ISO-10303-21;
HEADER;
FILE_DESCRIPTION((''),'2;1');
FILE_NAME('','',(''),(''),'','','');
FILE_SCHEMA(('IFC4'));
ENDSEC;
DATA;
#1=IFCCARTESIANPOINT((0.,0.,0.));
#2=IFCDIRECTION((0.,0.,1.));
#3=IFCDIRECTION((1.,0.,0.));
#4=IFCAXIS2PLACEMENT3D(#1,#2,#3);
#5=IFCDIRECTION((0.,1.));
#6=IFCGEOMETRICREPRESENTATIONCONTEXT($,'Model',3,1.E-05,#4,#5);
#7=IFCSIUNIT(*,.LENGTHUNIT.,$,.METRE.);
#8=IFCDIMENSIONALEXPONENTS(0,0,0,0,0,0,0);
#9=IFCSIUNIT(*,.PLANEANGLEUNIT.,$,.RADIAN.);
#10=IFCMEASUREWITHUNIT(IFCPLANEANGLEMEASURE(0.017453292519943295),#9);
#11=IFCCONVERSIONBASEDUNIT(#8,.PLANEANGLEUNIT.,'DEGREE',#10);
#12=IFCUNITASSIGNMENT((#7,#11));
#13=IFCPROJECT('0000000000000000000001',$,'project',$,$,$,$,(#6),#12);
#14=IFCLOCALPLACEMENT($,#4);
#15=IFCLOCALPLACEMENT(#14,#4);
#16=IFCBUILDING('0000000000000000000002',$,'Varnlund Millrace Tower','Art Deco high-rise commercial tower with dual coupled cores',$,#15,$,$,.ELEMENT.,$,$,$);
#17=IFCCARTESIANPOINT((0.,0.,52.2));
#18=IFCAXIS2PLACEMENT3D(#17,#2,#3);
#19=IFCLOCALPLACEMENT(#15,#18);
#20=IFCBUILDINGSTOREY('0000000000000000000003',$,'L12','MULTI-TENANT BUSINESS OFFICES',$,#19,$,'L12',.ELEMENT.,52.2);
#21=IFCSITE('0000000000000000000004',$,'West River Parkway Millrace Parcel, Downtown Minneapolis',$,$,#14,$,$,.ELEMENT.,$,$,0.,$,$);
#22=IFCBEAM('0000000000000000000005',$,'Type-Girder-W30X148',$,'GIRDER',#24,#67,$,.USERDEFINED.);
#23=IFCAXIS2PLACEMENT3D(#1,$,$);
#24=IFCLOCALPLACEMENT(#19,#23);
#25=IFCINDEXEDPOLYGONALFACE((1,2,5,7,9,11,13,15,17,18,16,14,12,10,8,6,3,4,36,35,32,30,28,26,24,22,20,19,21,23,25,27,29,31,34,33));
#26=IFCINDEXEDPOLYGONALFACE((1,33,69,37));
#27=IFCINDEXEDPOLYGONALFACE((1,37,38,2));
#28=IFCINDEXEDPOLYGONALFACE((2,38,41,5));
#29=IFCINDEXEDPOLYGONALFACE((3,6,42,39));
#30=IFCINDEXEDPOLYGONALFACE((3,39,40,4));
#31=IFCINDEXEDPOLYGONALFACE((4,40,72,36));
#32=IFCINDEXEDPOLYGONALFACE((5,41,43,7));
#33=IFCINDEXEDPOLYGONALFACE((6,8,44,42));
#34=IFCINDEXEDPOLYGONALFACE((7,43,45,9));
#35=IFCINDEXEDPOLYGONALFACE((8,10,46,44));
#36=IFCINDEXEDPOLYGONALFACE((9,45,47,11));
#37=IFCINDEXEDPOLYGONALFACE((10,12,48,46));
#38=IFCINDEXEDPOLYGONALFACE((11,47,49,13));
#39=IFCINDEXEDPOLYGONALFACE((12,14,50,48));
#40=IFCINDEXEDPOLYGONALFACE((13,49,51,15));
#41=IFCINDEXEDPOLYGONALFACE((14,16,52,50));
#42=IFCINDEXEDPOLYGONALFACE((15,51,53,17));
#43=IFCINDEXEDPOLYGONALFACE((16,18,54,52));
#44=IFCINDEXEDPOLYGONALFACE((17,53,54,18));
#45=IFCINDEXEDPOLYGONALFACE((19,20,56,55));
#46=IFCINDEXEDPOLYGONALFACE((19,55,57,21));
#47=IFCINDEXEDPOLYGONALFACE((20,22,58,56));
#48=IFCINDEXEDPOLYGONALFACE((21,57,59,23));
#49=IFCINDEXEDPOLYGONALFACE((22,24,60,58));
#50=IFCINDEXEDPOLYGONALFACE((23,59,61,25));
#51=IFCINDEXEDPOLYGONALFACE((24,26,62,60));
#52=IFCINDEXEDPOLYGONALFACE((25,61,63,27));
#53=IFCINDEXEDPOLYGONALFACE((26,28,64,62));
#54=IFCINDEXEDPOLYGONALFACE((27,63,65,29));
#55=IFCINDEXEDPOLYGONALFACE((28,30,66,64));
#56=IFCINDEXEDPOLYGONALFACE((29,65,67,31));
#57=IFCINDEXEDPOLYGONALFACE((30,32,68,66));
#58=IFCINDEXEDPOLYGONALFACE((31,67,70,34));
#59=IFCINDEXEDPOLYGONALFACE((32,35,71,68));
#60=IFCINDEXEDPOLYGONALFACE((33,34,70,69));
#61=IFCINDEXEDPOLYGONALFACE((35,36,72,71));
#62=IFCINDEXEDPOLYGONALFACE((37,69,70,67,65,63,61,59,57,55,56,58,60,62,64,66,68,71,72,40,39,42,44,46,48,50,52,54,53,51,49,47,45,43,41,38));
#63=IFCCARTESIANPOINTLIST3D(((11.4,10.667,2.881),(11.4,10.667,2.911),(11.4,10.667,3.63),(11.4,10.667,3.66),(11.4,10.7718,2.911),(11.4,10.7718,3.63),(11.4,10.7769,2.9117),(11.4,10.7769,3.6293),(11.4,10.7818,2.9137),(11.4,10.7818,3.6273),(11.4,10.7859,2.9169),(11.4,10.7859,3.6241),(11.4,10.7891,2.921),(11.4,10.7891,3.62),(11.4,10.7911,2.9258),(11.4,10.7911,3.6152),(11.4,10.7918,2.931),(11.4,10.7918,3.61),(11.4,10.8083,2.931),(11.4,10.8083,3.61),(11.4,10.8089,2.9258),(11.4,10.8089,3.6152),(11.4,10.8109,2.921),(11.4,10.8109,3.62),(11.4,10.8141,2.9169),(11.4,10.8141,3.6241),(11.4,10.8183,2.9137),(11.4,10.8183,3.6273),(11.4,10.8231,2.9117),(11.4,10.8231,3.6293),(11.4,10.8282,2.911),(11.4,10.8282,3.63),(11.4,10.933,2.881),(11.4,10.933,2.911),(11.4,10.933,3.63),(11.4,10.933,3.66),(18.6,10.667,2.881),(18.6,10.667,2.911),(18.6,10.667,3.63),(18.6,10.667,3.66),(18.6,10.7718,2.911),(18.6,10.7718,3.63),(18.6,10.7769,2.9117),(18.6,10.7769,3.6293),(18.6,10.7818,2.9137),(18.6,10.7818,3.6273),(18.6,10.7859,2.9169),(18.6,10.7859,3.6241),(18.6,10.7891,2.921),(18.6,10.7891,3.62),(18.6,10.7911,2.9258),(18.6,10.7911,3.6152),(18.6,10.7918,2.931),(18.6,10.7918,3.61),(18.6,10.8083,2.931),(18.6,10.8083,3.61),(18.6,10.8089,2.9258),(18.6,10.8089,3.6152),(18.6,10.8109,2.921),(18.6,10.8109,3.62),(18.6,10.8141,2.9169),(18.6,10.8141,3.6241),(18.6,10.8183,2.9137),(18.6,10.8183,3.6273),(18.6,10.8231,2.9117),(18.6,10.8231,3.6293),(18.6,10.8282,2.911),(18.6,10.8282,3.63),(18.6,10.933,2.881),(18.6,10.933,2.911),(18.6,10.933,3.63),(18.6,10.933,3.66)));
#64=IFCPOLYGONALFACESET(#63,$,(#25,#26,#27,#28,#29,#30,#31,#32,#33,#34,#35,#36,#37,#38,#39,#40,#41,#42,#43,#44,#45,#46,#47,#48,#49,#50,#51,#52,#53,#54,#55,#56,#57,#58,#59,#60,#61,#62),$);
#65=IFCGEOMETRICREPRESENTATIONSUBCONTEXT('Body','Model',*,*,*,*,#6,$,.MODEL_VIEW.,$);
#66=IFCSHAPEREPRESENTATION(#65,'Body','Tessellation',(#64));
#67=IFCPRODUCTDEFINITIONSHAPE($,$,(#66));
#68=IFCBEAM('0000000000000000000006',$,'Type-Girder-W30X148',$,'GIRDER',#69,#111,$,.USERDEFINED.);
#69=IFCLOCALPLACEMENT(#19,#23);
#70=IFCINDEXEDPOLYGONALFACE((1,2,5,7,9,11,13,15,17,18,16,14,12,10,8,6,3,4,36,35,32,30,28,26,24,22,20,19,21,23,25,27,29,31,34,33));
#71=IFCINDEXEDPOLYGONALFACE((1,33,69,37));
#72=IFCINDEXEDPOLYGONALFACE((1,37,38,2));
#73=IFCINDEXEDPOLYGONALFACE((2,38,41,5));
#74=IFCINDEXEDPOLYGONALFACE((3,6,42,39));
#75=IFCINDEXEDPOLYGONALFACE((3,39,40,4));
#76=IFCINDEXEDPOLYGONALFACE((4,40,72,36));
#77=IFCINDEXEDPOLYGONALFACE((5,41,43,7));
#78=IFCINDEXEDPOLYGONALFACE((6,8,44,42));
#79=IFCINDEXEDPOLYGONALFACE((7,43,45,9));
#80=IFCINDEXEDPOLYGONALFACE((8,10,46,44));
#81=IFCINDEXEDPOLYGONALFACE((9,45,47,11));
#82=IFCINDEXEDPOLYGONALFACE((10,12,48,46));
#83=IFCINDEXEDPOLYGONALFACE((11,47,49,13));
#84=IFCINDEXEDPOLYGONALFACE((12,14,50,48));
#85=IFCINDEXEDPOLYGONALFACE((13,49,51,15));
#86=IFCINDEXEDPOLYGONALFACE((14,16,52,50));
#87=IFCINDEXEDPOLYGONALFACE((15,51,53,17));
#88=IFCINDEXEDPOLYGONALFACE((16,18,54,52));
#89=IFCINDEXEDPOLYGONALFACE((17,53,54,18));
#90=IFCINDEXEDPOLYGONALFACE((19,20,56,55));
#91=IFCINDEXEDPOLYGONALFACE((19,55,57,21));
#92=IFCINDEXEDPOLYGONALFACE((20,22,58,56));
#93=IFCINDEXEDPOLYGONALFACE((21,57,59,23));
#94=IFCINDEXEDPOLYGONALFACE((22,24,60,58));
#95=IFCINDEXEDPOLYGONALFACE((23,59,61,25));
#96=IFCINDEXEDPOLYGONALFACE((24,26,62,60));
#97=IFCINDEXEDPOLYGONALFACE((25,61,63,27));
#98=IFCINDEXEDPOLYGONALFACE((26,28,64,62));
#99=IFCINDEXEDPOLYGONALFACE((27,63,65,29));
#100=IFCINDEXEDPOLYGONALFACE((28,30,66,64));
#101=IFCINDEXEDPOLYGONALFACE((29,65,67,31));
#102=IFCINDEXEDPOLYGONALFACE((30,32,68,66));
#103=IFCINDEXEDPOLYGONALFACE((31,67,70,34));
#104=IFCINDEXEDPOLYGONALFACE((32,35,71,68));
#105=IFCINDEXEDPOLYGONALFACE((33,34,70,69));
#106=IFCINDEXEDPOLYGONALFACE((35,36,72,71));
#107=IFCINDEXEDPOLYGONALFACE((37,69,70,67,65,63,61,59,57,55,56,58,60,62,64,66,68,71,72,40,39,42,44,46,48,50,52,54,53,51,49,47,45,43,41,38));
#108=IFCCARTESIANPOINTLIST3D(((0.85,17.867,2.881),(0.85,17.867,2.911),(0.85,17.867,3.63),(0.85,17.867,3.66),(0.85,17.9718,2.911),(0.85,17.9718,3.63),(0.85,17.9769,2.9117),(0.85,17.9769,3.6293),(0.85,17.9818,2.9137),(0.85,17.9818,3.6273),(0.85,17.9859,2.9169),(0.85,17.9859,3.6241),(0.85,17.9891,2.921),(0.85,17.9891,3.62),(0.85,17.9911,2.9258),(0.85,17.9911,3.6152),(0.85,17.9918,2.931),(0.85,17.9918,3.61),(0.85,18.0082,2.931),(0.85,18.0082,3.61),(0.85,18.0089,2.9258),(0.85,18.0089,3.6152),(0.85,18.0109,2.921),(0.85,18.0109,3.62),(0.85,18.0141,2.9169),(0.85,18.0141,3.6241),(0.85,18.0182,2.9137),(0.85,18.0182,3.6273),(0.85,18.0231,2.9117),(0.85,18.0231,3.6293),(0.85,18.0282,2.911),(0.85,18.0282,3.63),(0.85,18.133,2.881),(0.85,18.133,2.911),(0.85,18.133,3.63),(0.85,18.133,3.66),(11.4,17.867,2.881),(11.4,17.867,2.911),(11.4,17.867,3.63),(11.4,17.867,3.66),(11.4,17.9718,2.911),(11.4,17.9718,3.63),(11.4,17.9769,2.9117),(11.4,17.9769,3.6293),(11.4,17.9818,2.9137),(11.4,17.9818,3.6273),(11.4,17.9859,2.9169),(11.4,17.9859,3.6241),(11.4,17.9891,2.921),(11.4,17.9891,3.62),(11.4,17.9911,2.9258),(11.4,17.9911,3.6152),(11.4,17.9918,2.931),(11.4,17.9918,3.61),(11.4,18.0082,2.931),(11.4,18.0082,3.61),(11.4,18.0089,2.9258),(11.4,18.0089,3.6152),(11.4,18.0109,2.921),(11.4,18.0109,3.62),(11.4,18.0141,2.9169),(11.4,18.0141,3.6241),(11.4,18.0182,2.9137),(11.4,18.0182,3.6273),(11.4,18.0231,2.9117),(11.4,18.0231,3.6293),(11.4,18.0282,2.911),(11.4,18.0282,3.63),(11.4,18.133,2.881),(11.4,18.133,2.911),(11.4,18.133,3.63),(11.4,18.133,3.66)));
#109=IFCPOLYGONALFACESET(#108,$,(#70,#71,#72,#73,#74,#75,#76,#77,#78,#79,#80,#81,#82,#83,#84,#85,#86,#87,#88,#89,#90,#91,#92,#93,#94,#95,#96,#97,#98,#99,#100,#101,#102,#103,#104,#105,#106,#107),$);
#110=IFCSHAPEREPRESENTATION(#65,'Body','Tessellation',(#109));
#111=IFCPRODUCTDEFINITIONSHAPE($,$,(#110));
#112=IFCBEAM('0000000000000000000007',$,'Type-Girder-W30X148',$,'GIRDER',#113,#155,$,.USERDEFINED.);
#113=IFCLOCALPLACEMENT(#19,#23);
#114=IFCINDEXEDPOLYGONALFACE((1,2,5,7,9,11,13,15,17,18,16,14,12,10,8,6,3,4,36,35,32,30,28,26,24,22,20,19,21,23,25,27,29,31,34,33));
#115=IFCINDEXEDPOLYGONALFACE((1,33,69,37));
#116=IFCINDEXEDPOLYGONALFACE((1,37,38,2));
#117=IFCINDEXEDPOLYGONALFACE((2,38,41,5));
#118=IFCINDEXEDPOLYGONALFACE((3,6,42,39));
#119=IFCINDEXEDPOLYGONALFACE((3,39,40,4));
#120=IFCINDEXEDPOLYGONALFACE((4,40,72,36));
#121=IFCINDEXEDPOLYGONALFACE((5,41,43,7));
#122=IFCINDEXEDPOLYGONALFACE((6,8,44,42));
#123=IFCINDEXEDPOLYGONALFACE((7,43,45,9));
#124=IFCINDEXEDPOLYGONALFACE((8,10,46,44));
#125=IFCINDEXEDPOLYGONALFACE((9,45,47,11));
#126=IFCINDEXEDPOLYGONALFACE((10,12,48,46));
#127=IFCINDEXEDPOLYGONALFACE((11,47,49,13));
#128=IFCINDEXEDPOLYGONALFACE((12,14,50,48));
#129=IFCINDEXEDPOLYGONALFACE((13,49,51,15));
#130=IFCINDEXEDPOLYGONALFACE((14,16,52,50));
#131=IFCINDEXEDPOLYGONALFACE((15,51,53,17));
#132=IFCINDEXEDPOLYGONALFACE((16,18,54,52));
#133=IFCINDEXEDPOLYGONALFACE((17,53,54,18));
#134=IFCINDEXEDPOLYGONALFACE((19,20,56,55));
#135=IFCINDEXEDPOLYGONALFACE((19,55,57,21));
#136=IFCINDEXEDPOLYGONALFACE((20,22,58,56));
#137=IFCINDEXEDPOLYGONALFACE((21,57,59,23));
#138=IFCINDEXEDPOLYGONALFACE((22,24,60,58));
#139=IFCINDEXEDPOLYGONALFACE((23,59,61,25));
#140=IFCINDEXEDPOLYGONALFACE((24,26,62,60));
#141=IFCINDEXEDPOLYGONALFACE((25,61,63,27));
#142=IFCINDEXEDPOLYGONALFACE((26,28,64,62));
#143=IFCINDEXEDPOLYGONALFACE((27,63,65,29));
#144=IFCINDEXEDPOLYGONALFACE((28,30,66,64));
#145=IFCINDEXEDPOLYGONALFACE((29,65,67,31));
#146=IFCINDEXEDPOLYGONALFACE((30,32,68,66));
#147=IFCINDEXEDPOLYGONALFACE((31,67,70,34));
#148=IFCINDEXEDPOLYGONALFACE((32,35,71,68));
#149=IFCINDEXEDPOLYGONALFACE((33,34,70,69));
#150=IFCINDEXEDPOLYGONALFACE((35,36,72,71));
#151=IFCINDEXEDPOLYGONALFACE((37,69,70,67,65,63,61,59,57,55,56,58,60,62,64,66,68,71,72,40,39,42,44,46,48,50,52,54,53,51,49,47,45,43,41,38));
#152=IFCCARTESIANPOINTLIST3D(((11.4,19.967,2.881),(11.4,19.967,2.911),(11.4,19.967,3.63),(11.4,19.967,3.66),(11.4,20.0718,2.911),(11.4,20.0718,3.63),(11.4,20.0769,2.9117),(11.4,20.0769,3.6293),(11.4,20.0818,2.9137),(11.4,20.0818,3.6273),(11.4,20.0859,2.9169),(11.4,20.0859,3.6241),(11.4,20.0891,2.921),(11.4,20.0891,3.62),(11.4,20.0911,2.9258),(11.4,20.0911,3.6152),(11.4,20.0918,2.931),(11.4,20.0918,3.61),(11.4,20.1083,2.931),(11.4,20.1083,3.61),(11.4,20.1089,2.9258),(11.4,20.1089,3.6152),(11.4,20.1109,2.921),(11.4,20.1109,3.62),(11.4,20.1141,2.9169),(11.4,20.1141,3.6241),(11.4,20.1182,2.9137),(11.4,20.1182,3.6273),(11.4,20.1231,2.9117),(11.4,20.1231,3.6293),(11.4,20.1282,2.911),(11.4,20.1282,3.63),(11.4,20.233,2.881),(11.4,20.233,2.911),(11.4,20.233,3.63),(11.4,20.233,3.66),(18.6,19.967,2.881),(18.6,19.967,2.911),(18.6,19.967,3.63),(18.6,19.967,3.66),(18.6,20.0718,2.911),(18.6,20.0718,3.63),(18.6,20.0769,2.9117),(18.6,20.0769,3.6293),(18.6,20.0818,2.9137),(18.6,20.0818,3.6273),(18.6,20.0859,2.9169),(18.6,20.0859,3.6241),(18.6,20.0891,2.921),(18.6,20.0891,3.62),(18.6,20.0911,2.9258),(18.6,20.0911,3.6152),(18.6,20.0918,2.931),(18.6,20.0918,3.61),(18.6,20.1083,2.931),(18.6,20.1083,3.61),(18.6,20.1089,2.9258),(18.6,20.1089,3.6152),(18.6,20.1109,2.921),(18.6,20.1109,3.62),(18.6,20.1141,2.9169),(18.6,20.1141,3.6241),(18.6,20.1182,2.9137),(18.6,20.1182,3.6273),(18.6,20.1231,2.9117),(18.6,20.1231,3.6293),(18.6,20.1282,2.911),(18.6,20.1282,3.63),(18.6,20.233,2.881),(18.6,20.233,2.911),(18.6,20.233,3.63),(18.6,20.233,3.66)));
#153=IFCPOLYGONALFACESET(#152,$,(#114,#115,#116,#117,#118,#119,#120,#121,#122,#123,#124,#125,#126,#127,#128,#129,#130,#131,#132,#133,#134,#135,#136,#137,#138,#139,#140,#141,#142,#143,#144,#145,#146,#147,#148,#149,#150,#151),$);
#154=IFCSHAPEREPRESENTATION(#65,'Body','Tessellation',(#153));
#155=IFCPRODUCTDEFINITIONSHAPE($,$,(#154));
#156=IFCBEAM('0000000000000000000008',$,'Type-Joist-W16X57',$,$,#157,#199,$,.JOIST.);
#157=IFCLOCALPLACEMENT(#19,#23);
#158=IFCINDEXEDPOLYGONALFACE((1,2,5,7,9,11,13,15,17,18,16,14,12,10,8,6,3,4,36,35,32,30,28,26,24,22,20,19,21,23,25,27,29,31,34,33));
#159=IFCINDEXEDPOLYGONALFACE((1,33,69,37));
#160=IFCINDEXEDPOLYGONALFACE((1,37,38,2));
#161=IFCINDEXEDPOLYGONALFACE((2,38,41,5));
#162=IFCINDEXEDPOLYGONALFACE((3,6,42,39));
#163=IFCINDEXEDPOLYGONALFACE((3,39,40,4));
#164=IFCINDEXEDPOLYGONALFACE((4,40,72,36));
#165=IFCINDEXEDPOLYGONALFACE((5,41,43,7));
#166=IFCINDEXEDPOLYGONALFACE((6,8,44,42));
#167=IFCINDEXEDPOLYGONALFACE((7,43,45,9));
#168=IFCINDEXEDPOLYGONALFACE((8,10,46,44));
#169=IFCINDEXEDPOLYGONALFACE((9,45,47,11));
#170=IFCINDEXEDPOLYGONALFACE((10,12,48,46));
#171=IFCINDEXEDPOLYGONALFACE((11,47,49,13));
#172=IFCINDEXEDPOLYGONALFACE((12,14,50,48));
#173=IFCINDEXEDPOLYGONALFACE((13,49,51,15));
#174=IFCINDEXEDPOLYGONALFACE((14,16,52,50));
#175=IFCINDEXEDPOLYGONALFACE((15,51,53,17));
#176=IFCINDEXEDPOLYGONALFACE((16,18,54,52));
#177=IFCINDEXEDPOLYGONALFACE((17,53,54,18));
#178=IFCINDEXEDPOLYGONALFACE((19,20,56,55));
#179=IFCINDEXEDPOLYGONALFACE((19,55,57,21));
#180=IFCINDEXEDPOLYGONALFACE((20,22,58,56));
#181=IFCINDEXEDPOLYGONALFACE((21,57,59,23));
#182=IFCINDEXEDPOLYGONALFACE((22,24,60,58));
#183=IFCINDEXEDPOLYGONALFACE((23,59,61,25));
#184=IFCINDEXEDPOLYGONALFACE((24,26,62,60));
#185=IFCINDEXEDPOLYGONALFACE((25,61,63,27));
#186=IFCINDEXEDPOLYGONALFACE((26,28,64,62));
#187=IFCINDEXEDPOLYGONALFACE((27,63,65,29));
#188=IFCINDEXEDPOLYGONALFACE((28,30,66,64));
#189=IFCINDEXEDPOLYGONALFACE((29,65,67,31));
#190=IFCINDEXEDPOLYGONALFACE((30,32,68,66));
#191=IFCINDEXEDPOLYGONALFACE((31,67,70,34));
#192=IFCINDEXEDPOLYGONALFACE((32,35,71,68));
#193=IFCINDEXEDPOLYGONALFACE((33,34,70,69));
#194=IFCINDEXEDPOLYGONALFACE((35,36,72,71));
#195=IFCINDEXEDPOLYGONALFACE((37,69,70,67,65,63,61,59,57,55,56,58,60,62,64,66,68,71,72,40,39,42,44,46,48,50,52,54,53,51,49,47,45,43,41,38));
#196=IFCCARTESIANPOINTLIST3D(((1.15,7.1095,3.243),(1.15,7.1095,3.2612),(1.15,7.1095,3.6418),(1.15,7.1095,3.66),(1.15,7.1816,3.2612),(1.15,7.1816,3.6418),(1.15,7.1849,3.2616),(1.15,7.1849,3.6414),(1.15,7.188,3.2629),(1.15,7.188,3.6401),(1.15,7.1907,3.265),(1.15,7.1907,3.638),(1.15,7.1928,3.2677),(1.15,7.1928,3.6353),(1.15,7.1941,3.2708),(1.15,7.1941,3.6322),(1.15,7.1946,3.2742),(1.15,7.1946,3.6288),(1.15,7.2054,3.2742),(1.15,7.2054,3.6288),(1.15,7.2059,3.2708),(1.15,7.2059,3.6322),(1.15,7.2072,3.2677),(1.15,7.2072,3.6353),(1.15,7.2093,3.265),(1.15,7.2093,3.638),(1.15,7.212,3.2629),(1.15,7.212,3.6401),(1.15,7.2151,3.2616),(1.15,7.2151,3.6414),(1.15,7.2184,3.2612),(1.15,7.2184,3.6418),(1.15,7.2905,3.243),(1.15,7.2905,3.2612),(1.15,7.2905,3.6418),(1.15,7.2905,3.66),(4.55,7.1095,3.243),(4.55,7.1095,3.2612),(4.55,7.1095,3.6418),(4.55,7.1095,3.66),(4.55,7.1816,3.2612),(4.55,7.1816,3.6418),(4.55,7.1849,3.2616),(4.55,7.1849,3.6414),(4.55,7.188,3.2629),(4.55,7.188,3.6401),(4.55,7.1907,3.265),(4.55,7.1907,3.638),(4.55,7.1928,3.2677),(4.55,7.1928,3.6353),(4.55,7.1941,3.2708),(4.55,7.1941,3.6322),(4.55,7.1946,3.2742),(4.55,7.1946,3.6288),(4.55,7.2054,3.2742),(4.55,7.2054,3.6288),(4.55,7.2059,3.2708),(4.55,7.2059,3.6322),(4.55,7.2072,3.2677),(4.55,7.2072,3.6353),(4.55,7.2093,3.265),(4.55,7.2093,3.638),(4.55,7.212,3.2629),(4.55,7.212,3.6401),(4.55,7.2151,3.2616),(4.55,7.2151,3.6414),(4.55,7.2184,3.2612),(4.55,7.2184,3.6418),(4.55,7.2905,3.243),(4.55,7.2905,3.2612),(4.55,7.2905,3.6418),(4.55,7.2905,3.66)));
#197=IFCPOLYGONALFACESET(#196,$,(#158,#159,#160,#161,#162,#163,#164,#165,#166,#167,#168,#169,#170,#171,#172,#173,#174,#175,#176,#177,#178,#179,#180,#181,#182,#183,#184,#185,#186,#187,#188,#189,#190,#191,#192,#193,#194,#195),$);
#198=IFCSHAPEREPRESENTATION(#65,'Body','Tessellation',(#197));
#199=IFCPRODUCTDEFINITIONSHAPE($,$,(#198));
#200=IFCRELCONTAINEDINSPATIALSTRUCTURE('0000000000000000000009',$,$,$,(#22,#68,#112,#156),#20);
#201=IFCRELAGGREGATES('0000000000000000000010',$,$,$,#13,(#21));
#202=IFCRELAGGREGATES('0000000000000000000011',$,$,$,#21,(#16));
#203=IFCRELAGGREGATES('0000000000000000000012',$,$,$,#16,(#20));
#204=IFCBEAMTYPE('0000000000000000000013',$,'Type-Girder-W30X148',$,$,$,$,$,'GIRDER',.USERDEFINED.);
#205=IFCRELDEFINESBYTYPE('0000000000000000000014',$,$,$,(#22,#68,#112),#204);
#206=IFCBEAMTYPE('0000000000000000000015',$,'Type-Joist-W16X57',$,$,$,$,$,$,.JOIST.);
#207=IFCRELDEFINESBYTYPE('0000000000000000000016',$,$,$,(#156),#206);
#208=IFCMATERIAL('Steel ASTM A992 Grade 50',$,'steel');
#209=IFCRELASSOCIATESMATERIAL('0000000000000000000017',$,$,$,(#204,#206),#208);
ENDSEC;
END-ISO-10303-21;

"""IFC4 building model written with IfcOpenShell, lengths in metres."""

from ifc_helpers import new_model, entity, si_unit, converted_unit, direction, frame, origin_with_axes, origin_2d_with_axis, place, context, subcontext, project, spatial, i_section, extrude, material, material_profile, profile_set, type_object, element, save


model = new_model("IFC4")

# Units and contexts
model_context = context("Model", 3, precision=1e-05, world=origin_with_axes(), true_north=direction((0.0, 1.0)))
body_context = subcontext(model_context, "Body", "Model", "MODEL_VIEW")
ifc_project = project(units=[si_unit("LENGTHUNIT", "METRE"), converted_unit("PLANEANGLEUNIT", "DEGREE", entity("IfcPlaneAngleMeasure", 0.017453292519943295), si_unit("PLANEANGLEUNIT", "RADIAN"), dimensions=[0, 0, 0, 0, 0, 0, 0])], contexts=[model_context])

# Site, building, storey
site_placement = place(None, origin_with_axes())
site = spatial("IfcSite", under=ifc_project, at=site_placement, Name="West River Parkway Millrace Parcel, Downtown Minneapolis", CompositionType="ELEMENT", RefElevation=0.0)
building_placement = place(site_placement, origin_with_axes())
building = spatial("IfcBuilding", under=site, at=building_placement, Name="Varnlund Millrace Tower", Description="Art Deco high-rise commercial tower with dual coupled cores", CompositionType="ELEMENT")
storey_placement = place(building_placement, frame((0.0, 0.0, 52.2), z_axis=(0.0, 0.0, 1.0), x_axis=(1.0, 0.0, 0.0)))
storey = spatial("IfcBuildingStorey", under=building, at=storey_placement, Name="L12", Description="MULTI-TENANT BUSINESS OFFICES", LongName="L12", CompositionType="ELEMENT", Elevation=52.2)

# Beams
ifc_material_1 = material(Name="Steel ASTM A992 Grade 50", Category="steel")
ifc_material_profile_1 = material_profile(ifc_material_1, i_section(OverallWidth=0.266, OverallDepth=0.779, WebThickness=0.0165, FlangeThickness=0.03, FilletRadius=0.02, at=origin_2d_with_axis()), Name="Steel ASTM A992 Grade 50")
ifc_profile_set_1 = profile_set([ifc_material_profile_1], Name="Steel ASTM A992 Grade 50")
beam_type_1 = type_object("IfcBeamType", Name="Type-Girder-W30X148", ElementType="GIRDER", PredefinedType="USERDEFINED", material=ifc_profile_set_1)
beam_1_placement = place(storey_placement, frame((11.4, 10.8, 3.2705), z_axis=(1.0, 0.0, 0.0), x_axis=(0.0, 1.0, 0.0)))
element("IfcBeam", 1, at=beam_1_placement, inside=storey, type_object=beam_type_1, Name="Type-Girder-W30X148", ObjectType="GIRDER", PredefinedType="USERDEFINED", context=body_context, shape_type="SweptSolid", body=[
    extrude(i_section(OverallWidth=0.266, OverallDepth=0.779, WebThickness=0.0165, FlangeThickness=0.03, FilletRadius=0.02, at=origin_2d_with_axis()), origin_with_axes(), (0.0, 0.0, 1.0), 7.2),
])
beam_2_placement = place(storey_placement, frame((0.85, 18.0, 3.2705), z_axis=(1.0, 0.0, 0.0), x_axis=(0.0, 1.0, 0.0)))
element("IfcBeam", 2, at=beam_2_placement, inside=storey, type_object=beam_type_1, Name="Type-Girder-W30X148", ObjectType="GIRDER", PredefinedType="USERDEFINED", context=body_context, shape_type="SweptSolid", body=[
    extrude(i_section(OverallWidth=0.266, OverallDepth=0.779, WebThickness=0.0165, FlangeThickness=0.03, FilletRadius=0.02, at=origin_2d_with_axis()), origin_with_axes(), (0.0, 0.0, 1.0), 10.55),
])
beam_3_placement = place(storey_placement, frame((11.4, 20.1, 3.2705), z_axis=(1.0, 0.0, 0.0), x_axis=(0.0, 1.0, 0.0)))
element("IfcBeam", 3, at=beam_3_placement, inside=storey, type_object=beam_type_1, Name="Type-Girder-W30X148", ObjectType="GIRDER", PredefinedType="USERDEFINED", context=body_context, shape_type="SweptSolid", body=[
    extrude(i_section(OverallWidth=0.266, OverallDepth=0.779, WebThickness=0.0165, FlangeThickness=0.03, FilletRadius=0.02, at=origin_2d_with_axis()), origin_with_axes(), (0.0, 0.0, 1.0), 7.2),
])
ifc_material_profile_2 = material_profile(ifc_material_1, i_section(OverallWidth=0.181, OverallDepth=0.417, WebThickness=0.0109, FlangeThickness=0.0182, FilletRadius=0.013, at=origin_2d_with_axis()), Name="Steel ASTM A992 Grade 50")
ifc_profile_set_2 = profile_set([ifc_material_profile_2], Name="Steel ASTM A992 Grade 50")
beam_type_2 = type_object("IfcBeamType", Name="Type-Joist-W16X57", PredefinedType="JOIST", material=ifc_profile_set_2)
for number, where, z_axis, x_axis, name in (
    (4, (1.15, 7.2, 3.4515), (1.0, 0.0, 0.0), (0.0, 1.0, 0.0), "Type-Joist-W16X57"),
):
    element("IfcBeam", number, at=place(storey_placement, frame(where, z_axis=z_axis, x_axis=x_axis)), inside=storey, type_object=beam_type_2, Name=name, PredefinedType="JOIST", context=body_context, shape_type="SweptSolid", body=[
        extrude(i_section(OverallWidth=0.181, OverallDepth=0.417, WebThickness=0.0109, FlangeThickness=0.0182, FilletRadius=0.013, at=origin_2d_with_axis()), origin_with_axes(), (0.0, 0.0, 1.0), 3.4),
    ])

save(model, "model.ifc")
